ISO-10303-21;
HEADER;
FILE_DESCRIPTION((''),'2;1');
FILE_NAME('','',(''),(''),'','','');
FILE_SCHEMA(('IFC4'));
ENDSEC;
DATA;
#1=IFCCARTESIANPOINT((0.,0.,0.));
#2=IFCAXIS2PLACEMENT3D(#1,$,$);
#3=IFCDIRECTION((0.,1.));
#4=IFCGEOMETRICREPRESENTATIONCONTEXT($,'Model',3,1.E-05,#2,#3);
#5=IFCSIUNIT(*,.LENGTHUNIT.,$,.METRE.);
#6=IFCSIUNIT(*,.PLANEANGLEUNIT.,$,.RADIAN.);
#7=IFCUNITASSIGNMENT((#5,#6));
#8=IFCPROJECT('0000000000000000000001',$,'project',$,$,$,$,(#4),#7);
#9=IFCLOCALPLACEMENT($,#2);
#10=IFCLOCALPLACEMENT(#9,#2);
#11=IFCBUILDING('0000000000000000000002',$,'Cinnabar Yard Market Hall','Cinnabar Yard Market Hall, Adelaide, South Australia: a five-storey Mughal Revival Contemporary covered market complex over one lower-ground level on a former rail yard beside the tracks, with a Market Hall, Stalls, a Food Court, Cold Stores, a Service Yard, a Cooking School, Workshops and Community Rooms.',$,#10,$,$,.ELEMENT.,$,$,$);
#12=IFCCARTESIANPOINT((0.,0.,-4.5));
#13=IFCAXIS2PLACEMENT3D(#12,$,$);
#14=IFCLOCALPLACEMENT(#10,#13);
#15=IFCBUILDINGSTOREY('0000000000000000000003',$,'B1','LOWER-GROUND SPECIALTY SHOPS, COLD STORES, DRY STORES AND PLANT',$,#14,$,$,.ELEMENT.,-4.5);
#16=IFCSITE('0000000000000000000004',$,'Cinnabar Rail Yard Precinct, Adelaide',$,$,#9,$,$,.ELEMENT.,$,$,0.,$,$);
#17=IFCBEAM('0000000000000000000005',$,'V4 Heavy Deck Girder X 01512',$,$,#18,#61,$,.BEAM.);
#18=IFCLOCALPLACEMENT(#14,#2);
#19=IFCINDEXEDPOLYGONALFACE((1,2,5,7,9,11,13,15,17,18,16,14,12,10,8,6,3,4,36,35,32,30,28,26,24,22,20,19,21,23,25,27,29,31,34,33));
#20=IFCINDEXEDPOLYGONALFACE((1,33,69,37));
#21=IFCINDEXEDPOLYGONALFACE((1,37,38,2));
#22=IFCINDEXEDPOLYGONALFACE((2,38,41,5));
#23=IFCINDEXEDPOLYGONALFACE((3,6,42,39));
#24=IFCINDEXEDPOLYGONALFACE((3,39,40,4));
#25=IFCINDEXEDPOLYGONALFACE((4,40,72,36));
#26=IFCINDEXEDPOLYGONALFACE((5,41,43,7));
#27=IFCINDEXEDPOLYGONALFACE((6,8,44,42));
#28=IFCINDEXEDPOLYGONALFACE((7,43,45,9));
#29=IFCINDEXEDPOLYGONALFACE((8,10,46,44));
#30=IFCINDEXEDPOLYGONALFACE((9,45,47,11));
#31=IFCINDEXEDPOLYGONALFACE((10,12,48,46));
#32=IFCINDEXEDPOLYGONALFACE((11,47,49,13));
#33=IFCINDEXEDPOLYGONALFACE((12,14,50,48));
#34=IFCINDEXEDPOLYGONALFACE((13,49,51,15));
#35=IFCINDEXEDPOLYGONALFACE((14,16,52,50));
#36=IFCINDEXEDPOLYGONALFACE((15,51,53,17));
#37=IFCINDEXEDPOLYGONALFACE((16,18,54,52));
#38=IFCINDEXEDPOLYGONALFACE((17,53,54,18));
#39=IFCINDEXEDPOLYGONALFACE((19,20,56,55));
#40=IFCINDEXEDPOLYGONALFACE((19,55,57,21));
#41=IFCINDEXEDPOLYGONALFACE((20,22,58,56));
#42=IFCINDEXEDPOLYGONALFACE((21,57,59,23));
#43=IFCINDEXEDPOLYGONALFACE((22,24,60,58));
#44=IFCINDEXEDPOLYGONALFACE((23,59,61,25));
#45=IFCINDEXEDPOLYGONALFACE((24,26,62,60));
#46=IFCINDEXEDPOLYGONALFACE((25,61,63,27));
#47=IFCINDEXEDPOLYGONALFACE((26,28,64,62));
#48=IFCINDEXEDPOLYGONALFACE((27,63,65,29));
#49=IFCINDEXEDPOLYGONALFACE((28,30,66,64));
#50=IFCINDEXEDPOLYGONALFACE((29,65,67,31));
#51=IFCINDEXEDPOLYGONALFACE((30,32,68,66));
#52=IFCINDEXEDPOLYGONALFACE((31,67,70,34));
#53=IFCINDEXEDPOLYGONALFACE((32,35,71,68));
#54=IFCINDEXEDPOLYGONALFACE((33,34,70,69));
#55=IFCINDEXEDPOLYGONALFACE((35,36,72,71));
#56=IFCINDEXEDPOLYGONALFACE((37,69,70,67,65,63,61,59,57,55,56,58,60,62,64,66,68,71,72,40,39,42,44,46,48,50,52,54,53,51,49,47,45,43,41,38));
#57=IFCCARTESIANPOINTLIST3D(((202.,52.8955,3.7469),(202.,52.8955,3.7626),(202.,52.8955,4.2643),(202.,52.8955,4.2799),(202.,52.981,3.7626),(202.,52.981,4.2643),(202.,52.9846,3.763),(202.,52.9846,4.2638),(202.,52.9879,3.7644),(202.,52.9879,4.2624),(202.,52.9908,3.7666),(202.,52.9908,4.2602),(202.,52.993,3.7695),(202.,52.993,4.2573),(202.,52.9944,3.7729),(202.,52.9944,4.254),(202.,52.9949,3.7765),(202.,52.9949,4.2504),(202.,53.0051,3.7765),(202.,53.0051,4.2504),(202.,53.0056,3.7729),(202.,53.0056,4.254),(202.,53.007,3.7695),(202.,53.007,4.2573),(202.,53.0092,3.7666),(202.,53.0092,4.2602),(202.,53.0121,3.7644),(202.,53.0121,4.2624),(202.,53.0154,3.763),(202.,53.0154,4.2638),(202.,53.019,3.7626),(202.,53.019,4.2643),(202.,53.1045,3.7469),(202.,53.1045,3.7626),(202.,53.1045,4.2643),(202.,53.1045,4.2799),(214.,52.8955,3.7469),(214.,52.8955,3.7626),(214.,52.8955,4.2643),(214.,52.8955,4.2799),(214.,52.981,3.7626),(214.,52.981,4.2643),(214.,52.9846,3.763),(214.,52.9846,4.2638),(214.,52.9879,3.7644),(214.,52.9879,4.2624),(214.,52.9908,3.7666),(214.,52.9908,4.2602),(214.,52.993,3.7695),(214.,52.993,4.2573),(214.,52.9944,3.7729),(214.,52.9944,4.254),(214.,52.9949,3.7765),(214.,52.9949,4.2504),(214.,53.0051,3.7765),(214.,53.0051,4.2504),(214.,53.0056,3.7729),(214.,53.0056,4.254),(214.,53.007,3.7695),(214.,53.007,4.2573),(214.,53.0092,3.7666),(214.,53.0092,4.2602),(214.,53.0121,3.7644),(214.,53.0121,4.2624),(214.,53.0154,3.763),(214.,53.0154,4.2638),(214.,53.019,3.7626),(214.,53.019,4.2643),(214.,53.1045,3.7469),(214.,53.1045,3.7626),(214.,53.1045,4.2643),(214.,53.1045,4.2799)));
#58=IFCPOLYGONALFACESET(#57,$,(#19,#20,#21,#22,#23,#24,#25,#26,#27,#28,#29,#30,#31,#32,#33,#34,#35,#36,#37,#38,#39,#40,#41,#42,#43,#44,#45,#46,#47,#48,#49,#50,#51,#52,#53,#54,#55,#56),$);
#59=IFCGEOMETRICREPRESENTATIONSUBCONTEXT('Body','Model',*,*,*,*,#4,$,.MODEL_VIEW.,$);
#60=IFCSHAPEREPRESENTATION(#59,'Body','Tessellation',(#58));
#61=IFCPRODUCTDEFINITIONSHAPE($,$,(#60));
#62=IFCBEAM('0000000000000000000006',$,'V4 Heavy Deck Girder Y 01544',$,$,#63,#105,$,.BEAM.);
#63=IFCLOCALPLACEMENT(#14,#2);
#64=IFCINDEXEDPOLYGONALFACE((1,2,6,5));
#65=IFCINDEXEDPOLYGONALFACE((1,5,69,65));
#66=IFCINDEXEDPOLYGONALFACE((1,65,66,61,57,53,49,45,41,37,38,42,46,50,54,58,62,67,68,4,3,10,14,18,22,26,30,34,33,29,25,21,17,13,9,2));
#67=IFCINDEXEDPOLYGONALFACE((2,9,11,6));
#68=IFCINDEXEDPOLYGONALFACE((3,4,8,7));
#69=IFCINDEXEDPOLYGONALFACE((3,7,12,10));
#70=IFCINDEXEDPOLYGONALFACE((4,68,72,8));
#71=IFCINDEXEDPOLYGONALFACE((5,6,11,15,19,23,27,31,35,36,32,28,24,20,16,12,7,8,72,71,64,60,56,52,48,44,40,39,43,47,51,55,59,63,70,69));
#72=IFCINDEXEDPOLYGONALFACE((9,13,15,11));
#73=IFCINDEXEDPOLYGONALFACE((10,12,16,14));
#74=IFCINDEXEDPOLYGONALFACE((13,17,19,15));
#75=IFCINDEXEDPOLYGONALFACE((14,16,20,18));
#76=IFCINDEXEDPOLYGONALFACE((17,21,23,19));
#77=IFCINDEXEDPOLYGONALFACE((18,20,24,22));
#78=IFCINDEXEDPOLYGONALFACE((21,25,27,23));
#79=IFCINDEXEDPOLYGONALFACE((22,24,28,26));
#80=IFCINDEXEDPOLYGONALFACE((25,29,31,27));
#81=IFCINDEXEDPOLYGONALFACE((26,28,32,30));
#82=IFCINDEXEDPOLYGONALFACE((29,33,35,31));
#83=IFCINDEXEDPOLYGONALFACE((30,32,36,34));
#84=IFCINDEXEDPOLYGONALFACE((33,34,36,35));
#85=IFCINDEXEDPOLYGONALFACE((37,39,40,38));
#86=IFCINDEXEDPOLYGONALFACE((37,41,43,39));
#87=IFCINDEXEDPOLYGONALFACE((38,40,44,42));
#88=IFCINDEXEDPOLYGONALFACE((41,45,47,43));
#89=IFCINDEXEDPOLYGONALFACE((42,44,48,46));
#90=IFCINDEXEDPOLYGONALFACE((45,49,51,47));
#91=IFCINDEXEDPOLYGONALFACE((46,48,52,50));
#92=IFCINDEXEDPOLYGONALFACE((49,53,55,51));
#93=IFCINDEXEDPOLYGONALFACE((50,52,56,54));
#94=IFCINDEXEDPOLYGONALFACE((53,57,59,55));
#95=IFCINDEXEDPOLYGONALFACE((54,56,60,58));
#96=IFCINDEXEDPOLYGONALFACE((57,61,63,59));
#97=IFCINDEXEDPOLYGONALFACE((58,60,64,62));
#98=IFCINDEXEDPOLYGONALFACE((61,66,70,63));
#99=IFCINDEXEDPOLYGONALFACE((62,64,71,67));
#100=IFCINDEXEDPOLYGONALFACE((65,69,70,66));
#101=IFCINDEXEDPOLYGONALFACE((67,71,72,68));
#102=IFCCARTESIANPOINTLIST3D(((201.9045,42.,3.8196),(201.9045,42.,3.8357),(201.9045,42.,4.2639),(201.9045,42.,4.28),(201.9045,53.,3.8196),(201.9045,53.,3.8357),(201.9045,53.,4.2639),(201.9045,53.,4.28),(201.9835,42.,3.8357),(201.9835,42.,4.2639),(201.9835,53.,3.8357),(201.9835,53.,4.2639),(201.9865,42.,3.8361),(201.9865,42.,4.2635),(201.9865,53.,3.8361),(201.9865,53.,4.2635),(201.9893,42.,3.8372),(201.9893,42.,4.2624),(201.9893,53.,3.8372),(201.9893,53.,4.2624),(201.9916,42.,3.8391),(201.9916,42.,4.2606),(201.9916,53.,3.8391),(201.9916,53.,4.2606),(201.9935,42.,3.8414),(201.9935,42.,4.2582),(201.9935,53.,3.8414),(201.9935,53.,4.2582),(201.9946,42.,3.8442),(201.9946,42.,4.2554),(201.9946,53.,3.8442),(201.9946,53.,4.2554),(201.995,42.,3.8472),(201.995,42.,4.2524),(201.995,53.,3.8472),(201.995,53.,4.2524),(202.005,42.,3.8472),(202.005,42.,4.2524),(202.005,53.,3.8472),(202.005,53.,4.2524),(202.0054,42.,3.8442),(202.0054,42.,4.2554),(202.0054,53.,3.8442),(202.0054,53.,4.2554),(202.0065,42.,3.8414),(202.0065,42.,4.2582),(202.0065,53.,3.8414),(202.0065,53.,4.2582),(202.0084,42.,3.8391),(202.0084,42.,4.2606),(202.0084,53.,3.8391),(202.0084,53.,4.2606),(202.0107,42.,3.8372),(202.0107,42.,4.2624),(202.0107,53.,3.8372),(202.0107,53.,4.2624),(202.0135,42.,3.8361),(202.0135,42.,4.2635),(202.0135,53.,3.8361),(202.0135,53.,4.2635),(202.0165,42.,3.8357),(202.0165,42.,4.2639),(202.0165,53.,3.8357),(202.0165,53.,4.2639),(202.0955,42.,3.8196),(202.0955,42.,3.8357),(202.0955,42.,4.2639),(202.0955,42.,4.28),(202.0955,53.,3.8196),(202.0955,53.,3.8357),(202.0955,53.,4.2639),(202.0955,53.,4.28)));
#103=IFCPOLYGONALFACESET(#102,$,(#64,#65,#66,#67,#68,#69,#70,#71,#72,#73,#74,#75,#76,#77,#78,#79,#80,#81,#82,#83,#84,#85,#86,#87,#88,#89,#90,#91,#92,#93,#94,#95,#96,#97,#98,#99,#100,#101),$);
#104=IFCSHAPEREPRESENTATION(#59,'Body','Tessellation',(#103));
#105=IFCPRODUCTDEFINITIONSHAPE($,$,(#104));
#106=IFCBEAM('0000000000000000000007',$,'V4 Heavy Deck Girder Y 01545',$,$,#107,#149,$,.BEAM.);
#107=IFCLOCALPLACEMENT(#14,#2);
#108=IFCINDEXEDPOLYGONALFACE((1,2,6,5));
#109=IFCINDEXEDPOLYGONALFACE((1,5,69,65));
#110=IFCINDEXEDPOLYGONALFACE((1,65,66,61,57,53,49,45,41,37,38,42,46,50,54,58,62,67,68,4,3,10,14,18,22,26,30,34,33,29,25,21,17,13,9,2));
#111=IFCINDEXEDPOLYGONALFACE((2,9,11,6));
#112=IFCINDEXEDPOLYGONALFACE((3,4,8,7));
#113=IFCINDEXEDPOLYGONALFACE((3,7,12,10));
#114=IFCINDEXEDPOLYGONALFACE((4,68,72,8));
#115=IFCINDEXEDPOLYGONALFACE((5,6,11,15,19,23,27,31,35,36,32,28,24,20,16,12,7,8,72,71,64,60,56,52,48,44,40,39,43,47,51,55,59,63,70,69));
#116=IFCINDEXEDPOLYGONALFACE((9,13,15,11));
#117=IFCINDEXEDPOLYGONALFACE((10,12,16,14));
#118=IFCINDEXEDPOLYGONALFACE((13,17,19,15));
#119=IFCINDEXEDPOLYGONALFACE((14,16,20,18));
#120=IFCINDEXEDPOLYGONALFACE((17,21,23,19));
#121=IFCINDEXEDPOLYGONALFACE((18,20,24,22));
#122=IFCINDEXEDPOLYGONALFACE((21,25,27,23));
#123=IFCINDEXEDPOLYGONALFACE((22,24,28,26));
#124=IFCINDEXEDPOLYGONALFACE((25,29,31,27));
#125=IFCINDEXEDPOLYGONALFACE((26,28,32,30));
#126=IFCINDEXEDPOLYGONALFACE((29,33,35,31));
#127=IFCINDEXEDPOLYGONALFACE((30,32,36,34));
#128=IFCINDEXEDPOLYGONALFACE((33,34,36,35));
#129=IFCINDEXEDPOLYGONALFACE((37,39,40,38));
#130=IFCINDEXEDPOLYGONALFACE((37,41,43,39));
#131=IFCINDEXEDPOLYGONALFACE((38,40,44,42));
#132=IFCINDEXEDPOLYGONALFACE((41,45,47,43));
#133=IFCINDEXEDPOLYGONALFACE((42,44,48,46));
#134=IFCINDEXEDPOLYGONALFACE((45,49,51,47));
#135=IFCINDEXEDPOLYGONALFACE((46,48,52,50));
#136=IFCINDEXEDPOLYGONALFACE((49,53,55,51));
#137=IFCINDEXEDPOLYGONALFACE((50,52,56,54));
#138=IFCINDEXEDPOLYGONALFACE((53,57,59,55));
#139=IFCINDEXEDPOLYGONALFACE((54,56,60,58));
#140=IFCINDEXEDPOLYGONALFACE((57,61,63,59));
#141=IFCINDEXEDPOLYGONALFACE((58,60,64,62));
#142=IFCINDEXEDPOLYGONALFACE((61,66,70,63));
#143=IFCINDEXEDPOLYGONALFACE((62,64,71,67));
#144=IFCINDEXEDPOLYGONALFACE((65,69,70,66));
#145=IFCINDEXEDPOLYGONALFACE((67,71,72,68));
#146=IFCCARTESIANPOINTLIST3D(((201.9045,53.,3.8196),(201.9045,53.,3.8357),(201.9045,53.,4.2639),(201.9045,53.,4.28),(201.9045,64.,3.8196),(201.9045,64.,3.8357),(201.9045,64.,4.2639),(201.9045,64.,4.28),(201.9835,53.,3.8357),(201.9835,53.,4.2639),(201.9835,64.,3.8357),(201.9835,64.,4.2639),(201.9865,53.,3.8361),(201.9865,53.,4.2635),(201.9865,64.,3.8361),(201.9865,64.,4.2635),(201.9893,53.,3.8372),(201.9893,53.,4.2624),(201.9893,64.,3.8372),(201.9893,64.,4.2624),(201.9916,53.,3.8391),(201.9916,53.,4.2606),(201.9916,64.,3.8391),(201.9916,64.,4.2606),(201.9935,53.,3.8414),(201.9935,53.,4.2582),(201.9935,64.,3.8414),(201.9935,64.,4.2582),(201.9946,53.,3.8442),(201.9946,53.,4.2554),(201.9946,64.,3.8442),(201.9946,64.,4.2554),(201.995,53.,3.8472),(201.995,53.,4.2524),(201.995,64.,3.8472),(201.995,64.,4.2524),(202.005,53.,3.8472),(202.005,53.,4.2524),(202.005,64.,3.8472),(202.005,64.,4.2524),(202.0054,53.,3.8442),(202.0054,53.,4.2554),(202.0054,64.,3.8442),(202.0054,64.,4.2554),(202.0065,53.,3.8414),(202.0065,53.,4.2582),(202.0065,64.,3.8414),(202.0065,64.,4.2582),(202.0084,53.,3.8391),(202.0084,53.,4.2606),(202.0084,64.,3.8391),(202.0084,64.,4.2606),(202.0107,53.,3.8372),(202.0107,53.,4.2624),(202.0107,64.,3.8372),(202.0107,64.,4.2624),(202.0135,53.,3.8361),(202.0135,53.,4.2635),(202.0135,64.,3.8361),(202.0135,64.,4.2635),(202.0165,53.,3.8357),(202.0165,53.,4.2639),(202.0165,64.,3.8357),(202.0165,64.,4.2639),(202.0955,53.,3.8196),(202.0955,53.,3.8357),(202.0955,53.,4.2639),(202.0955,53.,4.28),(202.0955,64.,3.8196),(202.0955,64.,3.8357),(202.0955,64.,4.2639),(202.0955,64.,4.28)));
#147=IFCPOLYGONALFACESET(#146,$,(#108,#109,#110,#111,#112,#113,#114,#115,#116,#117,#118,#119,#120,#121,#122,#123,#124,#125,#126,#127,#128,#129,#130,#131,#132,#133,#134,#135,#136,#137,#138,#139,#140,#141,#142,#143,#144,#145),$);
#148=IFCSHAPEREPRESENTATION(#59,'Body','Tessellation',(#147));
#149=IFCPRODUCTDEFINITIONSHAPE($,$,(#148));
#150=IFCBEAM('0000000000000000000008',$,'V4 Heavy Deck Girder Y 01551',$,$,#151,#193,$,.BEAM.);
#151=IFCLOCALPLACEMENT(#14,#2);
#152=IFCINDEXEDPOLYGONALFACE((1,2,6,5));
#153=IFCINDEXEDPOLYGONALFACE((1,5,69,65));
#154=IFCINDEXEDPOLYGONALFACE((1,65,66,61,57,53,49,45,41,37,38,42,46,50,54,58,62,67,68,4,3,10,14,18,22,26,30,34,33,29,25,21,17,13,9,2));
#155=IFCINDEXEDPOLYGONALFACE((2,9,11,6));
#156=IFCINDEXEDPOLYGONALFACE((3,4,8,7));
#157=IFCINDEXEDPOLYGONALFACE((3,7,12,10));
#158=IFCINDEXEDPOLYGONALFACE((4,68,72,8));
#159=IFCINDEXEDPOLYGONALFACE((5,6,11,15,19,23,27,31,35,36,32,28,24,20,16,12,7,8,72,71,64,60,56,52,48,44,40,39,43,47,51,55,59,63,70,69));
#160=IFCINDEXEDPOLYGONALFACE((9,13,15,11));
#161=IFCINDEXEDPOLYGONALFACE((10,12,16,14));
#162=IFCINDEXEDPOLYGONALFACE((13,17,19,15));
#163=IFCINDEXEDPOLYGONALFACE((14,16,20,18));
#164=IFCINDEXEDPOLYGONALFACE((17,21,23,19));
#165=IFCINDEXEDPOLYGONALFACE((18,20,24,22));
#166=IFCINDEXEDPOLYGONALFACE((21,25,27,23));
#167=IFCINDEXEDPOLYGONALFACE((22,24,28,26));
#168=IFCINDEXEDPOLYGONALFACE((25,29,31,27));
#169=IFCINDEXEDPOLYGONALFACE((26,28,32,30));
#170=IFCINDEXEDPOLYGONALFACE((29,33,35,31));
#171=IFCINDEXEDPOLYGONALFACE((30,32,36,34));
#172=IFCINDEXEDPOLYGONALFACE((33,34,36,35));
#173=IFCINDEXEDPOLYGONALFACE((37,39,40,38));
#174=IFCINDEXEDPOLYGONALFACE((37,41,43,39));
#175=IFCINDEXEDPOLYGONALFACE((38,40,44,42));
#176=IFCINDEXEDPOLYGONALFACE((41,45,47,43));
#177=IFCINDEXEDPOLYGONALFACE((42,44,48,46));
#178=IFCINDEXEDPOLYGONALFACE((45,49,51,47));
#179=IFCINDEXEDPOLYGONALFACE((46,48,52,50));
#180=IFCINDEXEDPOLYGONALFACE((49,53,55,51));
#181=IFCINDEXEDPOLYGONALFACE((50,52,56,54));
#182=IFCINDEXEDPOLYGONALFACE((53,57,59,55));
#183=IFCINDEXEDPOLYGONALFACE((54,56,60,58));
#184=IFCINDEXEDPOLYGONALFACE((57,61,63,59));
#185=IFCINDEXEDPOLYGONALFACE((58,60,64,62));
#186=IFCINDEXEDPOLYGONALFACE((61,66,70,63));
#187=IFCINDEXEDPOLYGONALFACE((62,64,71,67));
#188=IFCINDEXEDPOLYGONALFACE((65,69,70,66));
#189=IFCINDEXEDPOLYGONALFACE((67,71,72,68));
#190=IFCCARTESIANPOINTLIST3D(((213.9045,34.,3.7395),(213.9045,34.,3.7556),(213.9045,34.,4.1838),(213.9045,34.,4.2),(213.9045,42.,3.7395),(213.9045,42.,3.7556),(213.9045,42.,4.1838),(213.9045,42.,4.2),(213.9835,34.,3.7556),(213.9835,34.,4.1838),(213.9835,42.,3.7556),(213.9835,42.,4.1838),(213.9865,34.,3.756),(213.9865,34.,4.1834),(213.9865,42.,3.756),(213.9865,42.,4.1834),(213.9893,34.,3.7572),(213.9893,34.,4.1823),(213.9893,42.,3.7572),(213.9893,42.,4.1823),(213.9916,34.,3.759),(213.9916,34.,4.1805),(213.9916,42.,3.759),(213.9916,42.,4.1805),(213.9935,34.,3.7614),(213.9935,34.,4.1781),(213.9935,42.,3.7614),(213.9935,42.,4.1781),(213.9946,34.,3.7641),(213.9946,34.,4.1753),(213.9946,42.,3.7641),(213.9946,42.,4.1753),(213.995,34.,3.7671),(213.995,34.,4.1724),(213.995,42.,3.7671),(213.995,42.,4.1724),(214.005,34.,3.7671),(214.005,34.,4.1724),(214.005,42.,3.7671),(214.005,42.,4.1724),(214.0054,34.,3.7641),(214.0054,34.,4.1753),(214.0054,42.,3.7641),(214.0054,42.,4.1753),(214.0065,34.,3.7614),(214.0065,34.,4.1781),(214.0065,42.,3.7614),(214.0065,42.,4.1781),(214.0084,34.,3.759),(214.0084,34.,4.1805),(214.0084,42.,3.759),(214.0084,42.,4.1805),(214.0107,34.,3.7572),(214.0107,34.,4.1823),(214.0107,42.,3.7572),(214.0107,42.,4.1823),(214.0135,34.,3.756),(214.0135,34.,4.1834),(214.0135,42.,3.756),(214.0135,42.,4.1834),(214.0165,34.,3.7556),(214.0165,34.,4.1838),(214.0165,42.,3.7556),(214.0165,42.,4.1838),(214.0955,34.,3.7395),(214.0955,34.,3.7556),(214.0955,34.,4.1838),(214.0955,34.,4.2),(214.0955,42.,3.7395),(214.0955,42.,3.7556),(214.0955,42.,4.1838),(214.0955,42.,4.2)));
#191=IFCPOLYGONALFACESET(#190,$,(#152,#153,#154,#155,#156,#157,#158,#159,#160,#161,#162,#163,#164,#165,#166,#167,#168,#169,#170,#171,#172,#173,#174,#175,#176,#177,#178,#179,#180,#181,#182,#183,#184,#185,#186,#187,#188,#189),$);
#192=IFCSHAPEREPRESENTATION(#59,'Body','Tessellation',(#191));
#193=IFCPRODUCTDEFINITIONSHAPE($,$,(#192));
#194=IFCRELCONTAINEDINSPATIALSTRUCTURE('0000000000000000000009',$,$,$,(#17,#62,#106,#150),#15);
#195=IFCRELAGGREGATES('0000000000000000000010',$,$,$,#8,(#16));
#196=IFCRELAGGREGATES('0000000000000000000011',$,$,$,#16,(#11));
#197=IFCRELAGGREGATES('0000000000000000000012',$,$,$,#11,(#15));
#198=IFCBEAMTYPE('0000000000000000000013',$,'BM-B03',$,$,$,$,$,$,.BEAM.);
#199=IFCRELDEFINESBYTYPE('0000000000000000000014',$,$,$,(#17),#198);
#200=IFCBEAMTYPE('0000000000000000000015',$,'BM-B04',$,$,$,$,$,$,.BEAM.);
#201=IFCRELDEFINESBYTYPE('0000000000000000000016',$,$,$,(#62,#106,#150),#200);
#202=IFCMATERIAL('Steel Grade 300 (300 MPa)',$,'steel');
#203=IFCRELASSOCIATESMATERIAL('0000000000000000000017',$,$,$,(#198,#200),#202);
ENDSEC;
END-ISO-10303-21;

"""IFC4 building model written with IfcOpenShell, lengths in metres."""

from ifc_helpers import new_model, si_unit, direction, frame, origin, origin_2d_with_axis, place, context, subcontext, project, spatial, i_section, extrude, material, material_profile, profile_set, type_object, element, save


model = new_model("IFC4")

# Units and contexts
model_context = context("Model", 3, precision=1e-05, world=origin(), true_north=direction((0.0, 1.0)))
body_context = subcontext(model_context, "Body", "Model", "MODEL_VIEW")
ifc_project = project(units=[si_unit("LENGTHUNIT", "METRE"), si_unit("PLANEANGLEUNIT", "RADIAN")], contexts=[model_context])

# Site, building, storey
site_placement = place(None, origin())
site = spatial("IfcSite", under=ifc_project, at=site_placement, Name="Cinnabar Rail Yard Precinct, Adelaide", CompositionType="ELEMENT", RefElevation=0.0)
building_placement = place(site_placement, origin())
building = spatial("IfcBuilding", under=site, at=building_placement, Name="Cinnabar Yard Market Hall", Description="Cinnabar Yard Market Hall, Adelaide, South Australia: a five-storey Mughal Revival Contemporary covered market complex over one lower-ground level on a former rail yard beside the tracks, with a Market Hall, Stalls, a Food Court, Cold Stores, a Service Yard, a Cooking School, Workshops and Community Rooms.", CompositionType="ELEMENT")
storey_placement = place(building_placement, frame((0.0, 0.0, -4.5)))
storey = spatial("IfcBuildingStorey", under=building, at=storey_placement, Name="B1", Description="LOWER-GROUND SPECIALTY SHOPS, COLD STORES, DRY STORES AND PLANT", CompositionType="ELEMENT", Elevation=-4.5)

# Shared definitions
ifc_material_1 = material(Name="Steel Grade 300 (300 MPa)", Category="steel")

# Beams
ifc_material_profile_1 = material_profile(ifc_material_1, i_section(OverallWidth=0.209, OverallDepth=0.533, WebThickness=0.0103, FlangeThickness=0.0156, FilletRadius=0.0139, at=origin_2d_with_axis()), Name="530UB92.4")
ifc_profile_set_1 = profile_set([ifc_material_profile_1], Name="Steel Grade 300 (300 MPa)")
beam_type_1 = type_object("IfcBeamType", Name="BM-B03", PredefinedType="BEAM", material=ifc_profile_set_1)
beam_1_placement = place(storey_placement, frame((202.0, 53.0, 4.0134), z_axis=(1.0, 0.0, 0.0), x_axis=(0.0, 1.0, 0.0)))
element("IfcBeam", 1, at=beam_1_placement, inside=storey, type_object=beam_type_1, Name="V4 Heavy Deck Girder X 01512", PredefinedType="BEAM", context=body_context, shape_type="SweptSolid", body=[
    extrude(i_section(OverallWidth=0.209, OverallDepth=0.533, WebThickness=0.0103, FlangeThickness=0.0156, FilletRadius=0.0139, at=origin_2d_with_axis()), origin(), (0.0, 0.0, 1.0), 12.0),
])
ifc_material_profile_2 = material_profile(ifc_material_1, i_section(OverallWidth=0.1909, OverallDepth=0.4604, WebThickness=0.01, FlangeThickness=0.0161, FilletRadius=0.0115, at=origin_2d_with_axis()), Name="460UB82.1")
ifc_profile_set_2 = profile_set([ifc_material_profile_2], Name="Steel Grade 300 (300 MPa)")
beam_type_2 = type_object("IfcBeamType", Name="BM-B04", PredefinedType="BEAM", material=ifc_profile_set_2)
for number, where, z_axis, x_axis, name in (
    (2, (202.0, 42.0, 4.0498), (0.0, 1.0, 0.0), (-1.0, 0.0, 0.0), "V4 Heavy Deck Girder Y 01544"),
    (3, (202.0, 53.0, 4.0498), (0.0, 1.0, 0.0), (-1.0, 0.0, 0.0), "V4 Heavy Deck Girder Y 01545"),
):
    element("IfcBeam", number, at=place(storey_placement, frame(where, z_axis=z_axis, x_axis=x_axis)), inside=storey, type_object=beam_type_2, Name=name, PredefinedType="BEAM", context=body_context, shape_type="SweptSolid", body=[
        extrude(i_section(OverallWidth=0.1909, OverallDepth=0.4604, WebThickness=0.01, FlangeThickness=0.0161, FilletRadius=0.0115, at=origin_2d_with_axis()), origin(), (0.0, 0.0, 1.0), 11.0),
    ])
beam_2_placement = place(storey_placement, frame((214.0, 34.0, 3.9697), z_axis=(0.0, 1.0, 0.0), x_axis=(-1.0, 0.0, 0.0)))
element("IfcBeam", 4, at=beam_2_placement, inside=storey, type_object=beam_type_2, Name="V4 Heavy Deck Girder Y 01551", PredefinedType="BEAM", context=body_context, shape_type="SweptSolid", body=[
    extrude(i_section(OverallWidth=0.1909, OverallDepth=0.4604, WebThickness=0.01, FlangeThickness=0.0161, FilletRadius=0.0115, at=origin_2d_with_axis()), origin(), (0.0, 0.0, 1.0), 8.0),
])

save(model, "model.ifc")
